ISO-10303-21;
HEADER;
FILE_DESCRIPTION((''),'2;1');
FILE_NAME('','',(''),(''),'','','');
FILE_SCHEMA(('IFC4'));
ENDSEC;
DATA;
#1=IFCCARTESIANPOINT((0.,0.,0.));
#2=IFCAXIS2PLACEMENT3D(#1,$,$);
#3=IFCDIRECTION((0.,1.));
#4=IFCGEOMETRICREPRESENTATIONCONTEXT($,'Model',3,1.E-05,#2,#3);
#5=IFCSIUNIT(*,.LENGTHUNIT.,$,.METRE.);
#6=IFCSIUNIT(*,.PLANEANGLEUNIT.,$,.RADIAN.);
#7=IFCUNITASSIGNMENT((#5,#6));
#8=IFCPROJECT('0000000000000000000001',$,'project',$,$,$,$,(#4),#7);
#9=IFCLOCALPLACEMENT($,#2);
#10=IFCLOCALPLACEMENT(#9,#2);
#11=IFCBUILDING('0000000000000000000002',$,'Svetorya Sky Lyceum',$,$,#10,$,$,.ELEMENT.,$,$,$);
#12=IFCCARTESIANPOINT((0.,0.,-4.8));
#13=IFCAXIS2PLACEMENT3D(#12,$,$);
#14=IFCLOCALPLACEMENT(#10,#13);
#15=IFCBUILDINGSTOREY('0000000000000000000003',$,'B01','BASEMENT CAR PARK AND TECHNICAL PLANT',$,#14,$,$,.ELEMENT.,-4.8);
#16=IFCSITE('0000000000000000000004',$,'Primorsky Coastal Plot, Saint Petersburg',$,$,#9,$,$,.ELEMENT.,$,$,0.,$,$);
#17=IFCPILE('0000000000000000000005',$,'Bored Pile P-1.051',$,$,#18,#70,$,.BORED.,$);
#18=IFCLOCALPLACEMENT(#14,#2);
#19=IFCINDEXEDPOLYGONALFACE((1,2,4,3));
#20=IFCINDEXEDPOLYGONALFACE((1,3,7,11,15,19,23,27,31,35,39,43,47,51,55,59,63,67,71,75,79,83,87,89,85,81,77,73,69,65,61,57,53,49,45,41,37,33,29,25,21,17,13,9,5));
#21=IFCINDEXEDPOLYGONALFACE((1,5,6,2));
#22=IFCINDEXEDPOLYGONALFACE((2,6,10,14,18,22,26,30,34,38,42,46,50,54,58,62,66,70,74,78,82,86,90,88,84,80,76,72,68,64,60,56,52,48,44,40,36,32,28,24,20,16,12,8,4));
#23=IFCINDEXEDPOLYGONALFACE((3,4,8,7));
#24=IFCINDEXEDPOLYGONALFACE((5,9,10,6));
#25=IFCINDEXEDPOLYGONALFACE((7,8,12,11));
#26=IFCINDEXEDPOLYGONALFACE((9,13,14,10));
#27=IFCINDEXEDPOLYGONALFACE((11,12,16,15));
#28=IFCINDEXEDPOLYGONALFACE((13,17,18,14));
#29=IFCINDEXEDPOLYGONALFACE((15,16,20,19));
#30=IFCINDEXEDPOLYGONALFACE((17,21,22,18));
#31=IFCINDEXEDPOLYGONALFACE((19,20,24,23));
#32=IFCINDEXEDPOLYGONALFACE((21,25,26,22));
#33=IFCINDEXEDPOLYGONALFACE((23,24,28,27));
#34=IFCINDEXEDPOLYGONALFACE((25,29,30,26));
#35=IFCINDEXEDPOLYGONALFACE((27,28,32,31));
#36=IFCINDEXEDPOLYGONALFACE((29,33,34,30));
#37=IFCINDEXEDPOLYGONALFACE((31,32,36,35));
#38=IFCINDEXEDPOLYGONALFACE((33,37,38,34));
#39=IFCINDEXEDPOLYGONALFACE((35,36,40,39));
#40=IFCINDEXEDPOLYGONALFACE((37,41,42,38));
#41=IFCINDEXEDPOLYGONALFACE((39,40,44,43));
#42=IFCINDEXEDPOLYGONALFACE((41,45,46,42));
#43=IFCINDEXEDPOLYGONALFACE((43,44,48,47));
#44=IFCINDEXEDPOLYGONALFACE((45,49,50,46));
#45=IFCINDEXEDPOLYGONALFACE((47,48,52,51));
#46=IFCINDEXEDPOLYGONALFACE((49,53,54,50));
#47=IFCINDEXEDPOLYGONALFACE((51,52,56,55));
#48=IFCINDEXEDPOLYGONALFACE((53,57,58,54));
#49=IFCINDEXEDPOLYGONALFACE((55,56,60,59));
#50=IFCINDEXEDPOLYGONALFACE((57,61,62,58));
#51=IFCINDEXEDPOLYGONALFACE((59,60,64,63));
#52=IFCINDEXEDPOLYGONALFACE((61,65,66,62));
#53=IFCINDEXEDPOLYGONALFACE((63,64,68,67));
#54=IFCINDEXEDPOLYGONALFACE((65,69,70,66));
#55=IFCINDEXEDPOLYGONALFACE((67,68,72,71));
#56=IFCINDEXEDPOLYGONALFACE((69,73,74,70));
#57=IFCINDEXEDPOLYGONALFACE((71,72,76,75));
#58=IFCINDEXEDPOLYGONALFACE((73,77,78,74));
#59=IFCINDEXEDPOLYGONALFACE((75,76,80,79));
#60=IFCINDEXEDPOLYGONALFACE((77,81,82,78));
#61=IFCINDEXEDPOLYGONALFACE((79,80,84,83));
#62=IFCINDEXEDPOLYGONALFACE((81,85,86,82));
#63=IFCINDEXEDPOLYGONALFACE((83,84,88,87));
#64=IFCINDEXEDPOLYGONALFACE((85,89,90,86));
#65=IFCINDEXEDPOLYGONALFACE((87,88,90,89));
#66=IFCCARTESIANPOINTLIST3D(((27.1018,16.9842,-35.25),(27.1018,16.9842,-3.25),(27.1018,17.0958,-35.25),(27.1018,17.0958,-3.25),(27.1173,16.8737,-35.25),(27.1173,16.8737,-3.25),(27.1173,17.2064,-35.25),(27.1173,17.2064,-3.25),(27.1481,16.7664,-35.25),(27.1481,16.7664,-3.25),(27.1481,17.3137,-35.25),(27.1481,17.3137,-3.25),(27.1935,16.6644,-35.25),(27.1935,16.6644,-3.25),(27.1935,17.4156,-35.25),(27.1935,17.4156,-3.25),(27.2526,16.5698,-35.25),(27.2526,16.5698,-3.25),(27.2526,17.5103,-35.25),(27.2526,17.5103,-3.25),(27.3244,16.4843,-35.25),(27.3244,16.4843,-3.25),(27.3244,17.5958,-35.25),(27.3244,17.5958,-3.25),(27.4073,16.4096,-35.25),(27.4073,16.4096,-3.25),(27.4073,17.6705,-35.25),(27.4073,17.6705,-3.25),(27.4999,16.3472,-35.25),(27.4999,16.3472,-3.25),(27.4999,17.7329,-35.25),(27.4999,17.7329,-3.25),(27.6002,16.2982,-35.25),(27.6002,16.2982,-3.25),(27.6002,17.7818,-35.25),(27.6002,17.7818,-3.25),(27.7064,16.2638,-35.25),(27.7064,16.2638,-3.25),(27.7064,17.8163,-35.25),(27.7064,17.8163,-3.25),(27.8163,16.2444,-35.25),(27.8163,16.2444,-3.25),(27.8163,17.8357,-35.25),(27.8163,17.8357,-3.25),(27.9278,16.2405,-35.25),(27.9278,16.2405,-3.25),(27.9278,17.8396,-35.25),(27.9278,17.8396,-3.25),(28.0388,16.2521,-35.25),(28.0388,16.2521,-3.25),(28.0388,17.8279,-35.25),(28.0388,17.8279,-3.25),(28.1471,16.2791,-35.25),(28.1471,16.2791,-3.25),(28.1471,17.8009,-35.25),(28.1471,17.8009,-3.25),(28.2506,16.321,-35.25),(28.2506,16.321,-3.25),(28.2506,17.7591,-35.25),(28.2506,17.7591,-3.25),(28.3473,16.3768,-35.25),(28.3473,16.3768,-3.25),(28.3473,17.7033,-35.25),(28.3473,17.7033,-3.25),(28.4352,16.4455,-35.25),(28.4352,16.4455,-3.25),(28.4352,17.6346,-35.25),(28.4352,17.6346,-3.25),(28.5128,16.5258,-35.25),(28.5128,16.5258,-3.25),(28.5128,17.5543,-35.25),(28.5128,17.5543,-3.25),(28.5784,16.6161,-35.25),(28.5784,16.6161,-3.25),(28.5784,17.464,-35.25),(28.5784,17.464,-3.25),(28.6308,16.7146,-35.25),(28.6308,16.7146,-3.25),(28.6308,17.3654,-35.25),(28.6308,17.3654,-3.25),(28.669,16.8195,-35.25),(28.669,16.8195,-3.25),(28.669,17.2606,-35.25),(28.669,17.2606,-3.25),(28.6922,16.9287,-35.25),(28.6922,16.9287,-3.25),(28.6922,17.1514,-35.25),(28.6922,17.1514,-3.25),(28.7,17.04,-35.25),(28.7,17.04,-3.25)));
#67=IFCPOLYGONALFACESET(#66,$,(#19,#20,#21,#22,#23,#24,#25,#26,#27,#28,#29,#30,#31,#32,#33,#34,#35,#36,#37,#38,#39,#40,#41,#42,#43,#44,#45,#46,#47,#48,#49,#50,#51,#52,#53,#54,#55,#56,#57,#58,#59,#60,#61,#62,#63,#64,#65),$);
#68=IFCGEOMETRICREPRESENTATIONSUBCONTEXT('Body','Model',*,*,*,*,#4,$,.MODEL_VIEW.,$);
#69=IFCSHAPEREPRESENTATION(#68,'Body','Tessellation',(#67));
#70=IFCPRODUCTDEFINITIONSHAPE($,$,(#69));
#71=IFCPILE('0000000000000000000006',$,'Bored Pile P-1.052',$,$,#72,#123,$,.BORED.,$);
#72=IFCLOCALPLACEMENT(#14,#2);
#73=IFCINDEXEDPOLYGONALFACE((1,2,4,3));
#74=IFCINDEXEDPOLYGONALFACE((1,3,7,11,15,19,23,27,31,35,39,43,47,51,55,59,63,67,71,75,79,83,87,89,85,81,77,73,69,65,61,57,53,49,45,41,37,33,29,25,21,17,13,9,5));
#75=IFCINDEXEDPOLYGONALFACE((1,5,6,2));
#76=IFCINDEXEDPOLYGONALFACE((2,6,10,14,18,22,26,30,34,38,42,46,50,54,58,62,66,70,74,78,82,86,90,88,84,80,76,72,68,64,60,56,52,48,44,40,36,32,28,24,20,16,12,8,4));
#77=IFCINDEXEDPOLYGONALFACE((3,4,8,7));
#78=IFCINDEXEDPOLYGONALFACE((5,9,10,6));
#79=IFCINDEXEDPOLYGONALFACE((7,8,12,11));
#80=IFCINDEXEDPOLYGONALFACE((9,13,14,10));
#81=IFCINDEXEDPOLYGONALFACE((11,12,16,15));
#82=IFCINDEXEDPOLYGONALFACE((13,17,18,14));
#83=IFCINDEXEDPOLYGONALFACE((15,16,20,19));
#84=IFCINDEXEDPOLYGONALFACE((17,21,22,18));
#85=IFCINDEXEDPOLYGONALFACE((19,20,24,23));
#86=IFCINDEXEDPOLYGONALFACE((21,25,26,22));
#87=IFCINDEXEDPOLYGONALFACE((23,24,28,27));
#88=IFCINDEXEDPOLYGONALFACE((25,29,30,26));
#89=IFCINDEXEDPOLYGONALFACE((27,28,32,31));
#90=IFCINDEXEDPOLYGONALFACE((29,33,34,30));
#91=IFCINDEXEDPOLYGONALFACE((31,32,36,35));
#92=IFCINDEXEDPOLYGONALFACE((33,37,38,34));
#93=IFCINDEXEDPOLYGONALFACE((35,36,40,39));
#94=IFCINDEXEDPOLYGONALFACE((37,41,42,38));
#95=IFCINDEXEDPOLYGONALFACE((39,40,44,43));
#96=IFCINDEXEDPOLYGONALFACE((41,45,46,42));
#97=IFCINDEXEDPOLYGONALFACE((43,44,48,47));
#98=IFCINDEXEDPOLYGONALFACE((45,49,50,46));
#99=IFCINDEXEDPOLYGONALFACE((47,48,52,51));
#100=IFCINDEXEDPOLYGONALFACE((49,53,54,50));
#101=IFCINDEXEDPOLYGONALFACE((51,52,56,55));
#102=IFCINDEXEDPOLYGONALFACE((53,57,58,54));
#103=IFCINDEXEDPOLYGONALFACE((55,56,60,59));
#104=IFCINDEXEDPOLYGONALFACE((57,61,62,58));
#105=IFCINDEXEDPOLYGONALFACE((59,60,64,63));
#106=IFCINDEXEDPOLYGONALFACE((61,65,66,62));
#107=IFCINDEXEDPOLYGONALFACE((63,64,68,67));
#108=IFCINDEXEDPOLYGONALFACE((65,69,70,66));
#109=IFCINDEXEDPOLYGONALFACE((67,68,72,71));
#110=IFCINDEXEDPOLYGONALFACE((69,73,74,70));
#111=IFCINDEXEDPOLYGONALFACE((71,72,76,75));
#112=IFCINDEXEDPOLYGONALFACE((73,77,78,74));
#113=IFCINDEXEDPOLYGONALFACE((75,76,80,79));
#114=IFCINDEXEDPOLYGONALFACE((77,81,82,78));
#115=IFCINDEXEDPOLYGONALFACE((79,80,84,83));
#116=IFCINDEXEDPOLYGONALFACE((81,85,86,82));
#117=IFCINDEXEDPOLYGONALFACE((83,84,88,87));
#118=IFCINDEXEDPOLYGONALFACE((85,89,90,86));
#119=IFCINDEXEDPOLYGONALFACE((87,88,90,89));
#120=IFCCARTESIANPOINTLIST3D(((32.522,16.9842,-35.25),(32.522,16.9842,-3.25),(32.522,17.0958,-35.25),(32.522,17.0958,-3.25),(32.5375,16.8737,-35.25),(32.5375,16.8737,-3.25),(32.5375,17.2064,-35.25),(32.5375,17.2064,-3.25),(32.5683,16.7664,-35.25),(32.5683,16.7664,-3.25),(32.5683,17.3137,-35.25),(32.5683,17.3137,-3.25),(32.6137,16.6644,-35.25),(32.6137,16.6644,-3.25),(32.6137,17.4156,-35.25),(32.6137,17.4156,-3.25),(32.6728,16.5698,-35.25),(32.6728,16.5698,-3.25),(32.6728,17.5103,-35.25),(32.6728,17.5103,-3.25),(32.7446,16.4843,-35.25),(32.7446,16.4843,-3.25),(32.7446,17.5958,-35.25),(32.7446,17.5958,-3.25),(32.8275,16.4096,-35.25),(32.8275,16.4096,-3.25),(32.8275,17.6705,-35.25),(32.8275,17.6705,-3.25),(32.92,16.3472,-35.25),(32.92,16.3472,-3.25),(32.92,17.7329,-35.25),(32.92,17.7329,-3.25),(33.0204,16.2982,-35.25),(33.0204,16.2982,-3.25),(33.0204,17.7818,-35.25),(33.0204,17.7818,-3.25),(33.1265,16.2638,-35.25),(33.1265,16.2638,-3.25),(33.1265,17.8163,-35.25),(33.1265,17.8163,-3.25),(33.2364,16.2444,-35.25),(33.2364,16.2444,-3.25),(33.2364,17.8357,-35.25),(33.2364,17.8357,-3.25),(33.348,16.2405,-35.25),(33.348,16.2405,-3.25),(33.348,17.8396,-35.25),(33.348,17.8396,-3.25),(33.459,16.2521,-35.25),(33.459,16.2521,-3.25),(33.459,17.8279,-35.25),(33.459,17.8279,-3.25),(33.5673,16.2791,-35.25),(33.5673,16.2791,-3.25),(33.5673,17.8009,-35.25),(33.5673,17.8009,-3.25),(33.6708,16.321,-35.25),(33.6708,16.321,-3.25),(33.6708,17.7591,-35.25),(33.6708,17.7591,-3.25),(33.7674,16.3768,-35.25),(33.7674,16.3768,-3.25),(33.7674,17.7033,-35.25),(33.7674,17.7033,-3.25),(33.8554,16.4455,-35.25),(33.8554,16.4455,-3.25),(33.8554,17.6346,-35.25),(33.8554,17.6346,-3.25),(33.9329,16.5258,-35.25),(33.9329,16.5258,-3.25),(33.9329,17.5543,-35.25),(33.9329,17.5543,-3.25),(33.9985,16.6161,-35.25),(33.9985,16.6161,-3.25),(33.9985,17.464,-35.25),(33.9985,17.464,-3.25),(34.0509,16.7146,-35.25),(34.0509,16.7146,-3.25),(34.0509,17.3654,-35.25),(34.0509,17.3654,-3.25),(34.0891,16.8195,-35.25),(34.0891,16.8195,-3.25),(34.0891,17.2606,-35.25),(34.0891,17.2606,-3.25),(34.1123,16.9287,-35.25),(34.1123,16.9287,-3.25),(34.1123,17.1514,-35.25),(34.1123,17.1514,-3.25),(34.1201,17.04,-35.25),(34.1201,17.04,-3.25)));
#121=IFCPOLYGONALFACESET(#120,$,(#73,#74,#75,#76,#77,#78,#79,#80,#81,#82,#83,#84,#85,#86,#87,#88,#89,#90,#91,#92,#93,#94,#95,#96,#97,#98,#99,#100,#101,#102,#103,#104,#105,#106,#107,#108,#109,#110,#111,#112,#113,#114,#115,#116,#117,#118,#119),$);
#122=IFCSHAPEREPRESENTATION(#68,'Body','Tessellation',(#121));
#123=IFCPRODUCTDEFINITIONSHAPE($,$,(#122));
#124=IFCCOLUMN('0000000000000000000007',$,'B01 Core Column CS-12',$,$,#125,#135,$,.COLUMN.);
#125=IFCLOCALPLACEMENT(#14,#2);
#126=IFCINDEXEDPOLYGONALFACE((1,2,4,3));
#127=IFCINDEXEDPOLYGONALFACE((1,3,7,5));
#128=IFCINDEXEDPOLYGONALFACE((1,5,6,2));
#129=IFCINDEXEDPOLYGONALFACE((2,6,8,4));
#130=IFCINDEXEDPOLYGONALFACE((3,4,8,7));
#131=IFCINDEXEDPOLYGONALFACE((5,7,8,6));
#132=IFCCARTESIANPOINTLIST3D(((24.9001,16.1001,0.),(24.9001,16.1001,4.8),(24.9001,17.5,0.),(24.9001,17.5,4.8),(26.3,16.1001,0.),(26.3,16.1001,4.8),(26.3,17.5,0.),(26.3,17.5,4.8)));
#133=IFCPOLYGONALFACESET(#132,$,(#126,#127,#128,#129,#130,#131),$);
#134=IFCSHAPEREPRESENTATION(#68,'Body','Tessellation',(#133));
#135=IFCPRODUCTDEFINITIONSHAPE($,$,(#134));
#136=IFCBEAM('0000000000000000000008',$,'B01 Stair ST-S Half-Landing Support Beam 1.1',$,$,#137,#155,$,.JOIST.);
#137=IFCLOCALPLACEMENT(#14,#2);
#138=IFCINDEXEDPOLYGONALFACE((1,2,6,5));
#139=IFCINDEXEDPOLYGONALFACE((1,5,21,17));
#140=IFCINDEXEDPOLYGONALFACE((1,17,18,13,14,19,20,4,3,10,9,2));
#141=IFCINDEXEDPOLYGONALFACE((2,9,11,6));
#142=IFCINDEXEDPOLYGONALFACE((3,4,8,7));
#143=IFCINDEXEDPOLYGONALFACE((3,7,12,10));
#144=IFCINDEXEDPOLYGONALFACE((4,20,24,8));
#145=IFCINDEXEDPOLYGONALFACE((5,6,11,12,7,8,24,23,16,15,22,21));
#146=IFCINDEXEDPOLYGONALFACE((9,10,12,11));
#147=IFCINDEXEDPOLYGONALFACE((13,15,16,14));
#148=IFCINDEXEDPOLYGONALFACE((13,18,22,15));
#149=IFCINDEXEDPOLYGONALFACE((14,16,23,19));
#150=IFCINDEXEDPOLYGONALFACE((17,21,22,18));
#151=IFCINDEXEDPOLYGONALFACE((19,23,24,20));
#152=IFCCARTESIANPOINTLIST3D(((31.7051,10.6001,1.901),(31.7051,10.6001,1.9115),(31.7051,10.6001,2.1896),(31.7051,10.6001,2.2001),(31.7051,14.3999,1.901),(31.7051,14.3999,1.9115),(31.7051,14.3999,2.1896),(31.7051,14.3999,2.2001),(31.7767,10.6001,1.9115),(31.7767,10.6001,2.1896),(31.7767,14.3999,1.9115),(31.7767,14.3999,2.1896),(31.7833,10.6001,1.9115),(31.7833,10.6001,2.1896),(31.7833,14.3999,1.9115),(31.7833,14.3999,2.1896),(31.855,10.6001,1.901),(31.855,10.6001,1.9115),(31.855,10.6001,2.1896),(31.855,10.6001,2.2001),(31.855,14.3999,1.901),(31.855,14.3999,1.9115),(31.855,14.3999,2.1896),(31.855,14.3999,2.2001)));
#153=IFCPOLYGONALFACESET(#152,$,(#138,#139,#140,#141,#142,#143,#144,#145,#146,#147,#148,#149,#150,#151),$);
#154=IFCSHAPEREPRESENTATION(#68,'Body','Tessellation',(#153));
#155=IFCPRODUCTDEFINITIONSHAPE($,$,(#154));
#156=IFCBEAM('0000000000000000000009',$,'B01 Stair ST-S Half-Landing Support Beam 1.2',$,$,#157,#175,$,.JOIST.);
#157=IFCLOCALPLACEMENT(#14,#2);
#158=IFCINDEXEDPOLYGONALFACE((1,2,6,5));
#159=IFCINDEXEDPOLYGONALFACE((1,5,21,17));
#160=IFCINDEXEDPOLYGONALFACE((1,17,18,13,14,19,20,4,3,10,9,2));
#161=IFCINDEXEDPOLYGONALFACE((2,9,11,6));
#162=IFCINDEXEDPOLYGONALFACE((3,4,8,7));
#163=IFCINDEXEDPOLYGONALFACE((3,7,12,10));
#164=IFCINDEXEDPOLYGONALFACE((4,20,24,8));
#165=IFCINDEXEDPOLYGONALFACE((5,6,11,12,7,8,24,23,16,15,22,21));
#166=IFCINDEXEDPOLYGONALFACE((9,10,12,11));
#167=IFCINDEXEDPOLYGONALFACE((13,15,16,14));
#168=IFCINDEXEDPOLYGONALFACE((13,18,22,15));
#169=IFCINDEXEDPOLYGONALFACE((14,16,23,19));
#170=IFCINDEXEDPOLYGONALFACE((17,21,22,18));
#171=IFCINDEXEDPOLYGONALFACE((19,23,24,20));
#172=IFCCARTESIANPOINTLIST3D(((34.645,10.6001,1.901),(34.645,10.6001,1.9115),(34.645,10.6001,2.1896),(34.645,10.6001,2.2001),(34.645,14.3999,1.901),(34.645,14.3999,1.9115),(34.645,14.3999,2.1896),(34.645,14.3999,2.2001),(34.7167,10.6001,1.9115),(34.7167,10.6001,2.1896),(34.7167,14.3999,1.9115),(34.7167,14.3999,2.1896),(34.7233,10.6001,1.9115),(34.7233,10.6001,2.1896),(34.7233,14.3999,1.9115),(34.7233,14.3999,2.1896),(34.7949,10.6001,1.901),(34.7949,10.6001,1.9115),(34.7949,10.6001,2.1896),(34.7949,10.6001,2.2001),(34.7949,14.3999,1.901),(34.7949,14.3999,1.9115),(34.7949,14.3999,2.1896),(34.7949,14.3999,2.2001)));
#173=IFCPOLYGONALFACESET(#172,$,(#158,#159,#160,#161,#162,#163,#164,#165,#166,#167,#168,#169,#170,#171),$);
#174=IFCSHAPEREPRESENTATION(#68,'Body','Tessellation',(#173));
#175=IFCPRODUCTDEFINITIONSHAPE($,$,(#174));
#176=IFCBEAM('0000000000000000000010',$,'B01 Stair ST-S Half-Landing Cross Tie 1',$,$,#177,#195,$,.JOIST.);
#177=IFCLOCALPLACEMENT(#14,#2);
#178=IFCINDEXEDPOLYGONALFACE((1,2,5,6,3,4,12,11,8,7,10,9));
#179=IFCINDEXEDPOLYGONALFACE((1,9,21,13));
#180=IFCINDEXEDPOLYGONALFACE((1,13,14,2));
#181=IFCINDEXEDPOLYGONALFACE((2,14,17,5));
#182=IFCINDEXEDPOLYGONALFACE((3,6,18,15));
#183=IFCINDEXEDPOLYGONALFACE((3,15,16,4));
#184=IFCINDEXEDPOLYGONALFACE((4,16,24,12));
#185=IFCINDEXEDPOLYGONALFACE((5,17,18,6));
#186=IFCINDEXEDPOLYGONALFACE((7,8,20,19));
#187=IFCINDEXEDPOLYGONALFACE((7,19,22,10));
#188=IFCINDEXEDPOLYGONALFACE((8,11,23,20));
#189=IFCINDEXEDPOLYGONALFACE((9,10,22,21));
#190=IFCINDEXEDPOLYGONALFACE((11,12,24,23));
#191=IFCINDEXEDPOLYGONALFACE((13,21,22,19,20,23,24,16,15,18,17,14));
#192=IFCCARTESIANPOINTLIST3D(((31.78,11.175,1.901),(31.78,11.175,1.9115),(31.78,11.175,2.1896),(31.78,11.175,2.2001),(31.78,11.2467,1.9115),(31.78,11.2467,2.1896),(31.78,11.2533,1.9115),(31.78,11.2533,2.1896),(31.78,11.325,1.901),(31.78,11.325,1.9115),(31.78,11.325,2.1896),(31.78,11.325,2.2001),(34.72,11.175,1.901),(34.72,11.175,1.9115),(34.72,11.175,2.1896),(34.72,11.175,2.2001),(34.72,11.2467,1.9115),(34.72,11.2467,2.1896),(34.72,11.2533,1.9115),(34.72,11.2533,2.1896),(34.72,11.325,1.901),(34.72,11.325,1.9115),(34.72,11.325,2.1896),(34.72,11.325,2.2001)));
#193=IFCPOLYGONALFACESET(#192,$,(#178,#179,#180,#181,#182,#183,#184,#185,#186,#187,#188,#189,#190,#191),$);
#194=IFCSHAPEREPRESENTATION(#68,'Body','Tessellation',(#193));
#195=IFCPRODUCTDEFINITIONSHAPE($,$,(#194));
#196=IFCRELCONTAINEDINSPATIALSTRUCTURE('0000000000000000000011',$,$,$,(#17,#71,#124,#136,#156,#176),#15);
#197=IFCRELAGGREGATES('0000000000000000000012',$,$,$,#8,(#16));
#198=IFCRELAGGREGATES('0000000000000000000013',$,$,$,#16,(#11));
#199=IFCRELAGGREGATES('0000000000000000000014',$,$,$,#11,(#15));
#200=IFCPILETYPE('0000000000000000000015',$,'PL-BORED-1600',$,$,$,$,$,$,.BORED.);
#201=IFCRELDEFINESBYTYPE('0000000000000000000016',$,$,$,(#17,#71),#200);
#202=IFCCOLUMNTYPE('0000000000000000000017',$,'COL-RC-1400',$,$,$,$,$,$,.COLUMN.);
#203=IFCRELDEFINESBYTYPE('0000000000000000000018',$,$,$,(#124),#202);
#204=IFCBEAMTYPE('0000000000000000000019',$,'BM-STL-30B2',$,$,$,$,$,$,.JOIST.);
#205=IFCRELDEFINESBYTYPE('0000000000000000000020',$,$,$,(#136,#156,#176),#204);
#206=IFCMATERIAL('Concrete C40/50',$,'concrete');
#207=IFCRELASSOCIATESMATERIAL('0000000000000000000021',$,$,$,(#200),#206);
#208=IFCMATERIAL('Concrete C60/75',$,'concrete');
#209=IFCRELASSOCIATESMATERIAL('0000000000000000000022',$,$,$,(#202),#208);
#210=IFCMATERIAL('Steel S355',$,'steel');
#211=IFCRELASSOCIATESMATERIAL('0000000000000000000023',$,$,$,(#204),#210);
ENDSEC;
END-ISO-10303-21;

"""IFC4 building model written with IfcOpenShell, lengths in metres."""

from ifc_helpers import new_model, si_unit, direction, frame, origin, origin_2d, place, context, subcontext, project, spatial, rectangle, circle, i_section, extrude, material, material_profile, profile_set, type_object, element, save


model = new_model("IFC4")

# Units and contexts
model_context = context("Model", 3, precision=1e-05, world=origin(), true_north=direction((0.0, 1.0)))
body_context = subcontext(model_context, "Body", "Model", "MODEL_VIEW")
ifc_project = project(units=[si_unit("LENGTHUNIT", "METRE"), si_unit("PLANEANGLEUNIT", "RADIAN")], contexts=[model_context])

# Site, building, storey
site_placement = place(None, origin())
site = spatial("IfcSite", under=ifc_project, at=site_placement, Name="Primorsky Coastal Plot, Saint Petersburg", CompositionType="ELEMENT", RefElevation=0.0)
building_placement = place(site_placement, origin())
building = spatial("IfcBuilding", under=site, at=building_placement, Name="Svetorya Sky Lyceum", CompositionType="ELEMENT")
storey_placement = place(building_placement, frame((0.0, 0.0, -4.8)))
storey = spatial("IfcBuildingStorey", under=building, at=storey_placement, Name="B01", Description="BASEMENT CAR PARK AND TECHNICAL PLANT", CompositionType="ELEMENT", Elevation=-4.8)

# Piles
ifc_material_1 = material(Name="Concrete C40/50", Category="concrete")
ifc_material_profile_1 = material_profile(ifc_material_1, circle(Radius=0.8, at=origin_2d()), Name="RC PILE D1600")
ifc_profile_set_1 = profile_set([ifc_material_profile_1], Name="Concrete C40/50")
pile_type = type_object("IfcPileType", Name="PL-BORED-1600", PredefinedType="BORED", material=ifc_profile_set_1)
for number, where, z_axis, x_axis, name in (
    (1, (27.8999, 17.04, -3.25), (0.0, 0.0, -1.0), (1.0, 0.0, 0.0), "Bored Pile P-1.051"),
    (2, (33.3201, 17.04, -3.25), (0.0, 0.0, -1.0), (1.0, 0.0, 0.0), "Bored Pile P-1.052"),
):
    element("IfcPile", number, at=place(storey_placement, frame(where, z_axis=z_axis, x_axis=x_axis)), inside=storey, type_object=pile_type, Name=name, PredefinedType="BORED", context=body_context, shape_type="SweptSolid", body=[
        extrude(circle(Radius=0.8, at=origin_2d()), origin(), (0.0, 0.0, 1.0), 32.0),
    ])

# Column
ifc_material_2 = material(Name="Concrete C60/75", Category="concrete")
ifc_material_profile_2 = material_profile(ifc_material_2, rectangle(XDim=1.3999, YDim=1.3999, at=origin_2d()), Name="RC COL 1400x1400")
ifc_profile_set_2 = profile_set([ifc_material_profile_2], Name="Concrete C60/75")
column_type = type_object("IfcColumnType", Name="COL-RC-1400", PredefinedType="COLUMN", material=ifc_profile_set_2)
column_placement = place(storey_placement, frame((25.6001, 16.8, 0.0), z_axis=(0.0, 0.0, 1.0), x_axis=(1.0, 0.0, 0.0)))
element("IfcColumn", 3, at=column_placement, inside=storey, type_object=column_type, Name="B01 Core Column CS-12", PredefinedType="COLUMN", context=body_context, shape_type="SweptSolid", body=[
    extrude(rectangle(XDim=1.3999, YDim=1.3999, at=origin_2d()), origin(), (0.0, 0.0, 1.0), 4.8),
])

# Beams
ifc_material_3 = material(Name="Steel S355", Category="steel")
ifc_material_profile_3 = material_profile(ifc_material_3, i_section(OverallWidth=0.1499, OverallDepth=0.2991, WebThickness=0.0066, FlangeThickness=0.0105, at=origin_2d()), Name="GOST 30B2")
ifc_profile_set_3 = profile_set([ifc_material_profile_3], Name="Steel S355")
beam_type_1 = type_object("IfcBeamType", Name="BM-STL-30B2", PredefinedType="JOIST", material=ifc_profile_set_3)
for number, where, z_axis, x_axis, name in (
    (4, (31.78, 10.6001, 2.0505), (0.0, 1.0, 0.0), (-1.0, 0.0, 0.0), "B01 Stair ST-S Half-Landing Support Beam 1.1"),
    (5, (34.72, 10.6001, 2.0505), (0.0, 1.0, 0.0), (-1.0, 0.0, 0.0), "B01 Stair ST-S Half-Landing Support Beam 1.2"),
):
    element("IfcBeam", number, at=place(storey_placement, frame(where, z_axis=z_axis, x_axis=x_axis)), inside=storey, type_object=beam_type_1, Name=name, PredefinedType="JOIST", context=body_context, shape_type="SweptSolid", body=[
        extrude(i_section(OverallWidth=0.1499, OverallDepth=0.2991, WebThickness=0.0066, FlangeThickness=0.0105, at=origin_2d()), origin(), (0.0, 0.0, 1.0), 3.7998),
    ])
beam_1_placement = place(storey_placement, frame((31.78, 11.25, 2.0505), z_axis=(1.0, 0.0, 0.0), x_axis=(0.0, 1.0, 0.0)))
element("IfcBeam", 6, at=beam_1_placement, inside=storey, type_object=beam_type_1, Name="B01 Stair ST-S Half-Landing Cross Tie 1", PredefinedType="JOIST", context=body_context, shape_type="SweptSolid", body=[
    extrude(i_section(OverallWidth=0.1499, OverallDepth=0.2991, WebThickness=0.0066, FlangeThickness=0.0105, at=origin_2d()), origin(), (0.0, 0.0, 1.0), 2.9399),
])

save(model, "model.ifc")
